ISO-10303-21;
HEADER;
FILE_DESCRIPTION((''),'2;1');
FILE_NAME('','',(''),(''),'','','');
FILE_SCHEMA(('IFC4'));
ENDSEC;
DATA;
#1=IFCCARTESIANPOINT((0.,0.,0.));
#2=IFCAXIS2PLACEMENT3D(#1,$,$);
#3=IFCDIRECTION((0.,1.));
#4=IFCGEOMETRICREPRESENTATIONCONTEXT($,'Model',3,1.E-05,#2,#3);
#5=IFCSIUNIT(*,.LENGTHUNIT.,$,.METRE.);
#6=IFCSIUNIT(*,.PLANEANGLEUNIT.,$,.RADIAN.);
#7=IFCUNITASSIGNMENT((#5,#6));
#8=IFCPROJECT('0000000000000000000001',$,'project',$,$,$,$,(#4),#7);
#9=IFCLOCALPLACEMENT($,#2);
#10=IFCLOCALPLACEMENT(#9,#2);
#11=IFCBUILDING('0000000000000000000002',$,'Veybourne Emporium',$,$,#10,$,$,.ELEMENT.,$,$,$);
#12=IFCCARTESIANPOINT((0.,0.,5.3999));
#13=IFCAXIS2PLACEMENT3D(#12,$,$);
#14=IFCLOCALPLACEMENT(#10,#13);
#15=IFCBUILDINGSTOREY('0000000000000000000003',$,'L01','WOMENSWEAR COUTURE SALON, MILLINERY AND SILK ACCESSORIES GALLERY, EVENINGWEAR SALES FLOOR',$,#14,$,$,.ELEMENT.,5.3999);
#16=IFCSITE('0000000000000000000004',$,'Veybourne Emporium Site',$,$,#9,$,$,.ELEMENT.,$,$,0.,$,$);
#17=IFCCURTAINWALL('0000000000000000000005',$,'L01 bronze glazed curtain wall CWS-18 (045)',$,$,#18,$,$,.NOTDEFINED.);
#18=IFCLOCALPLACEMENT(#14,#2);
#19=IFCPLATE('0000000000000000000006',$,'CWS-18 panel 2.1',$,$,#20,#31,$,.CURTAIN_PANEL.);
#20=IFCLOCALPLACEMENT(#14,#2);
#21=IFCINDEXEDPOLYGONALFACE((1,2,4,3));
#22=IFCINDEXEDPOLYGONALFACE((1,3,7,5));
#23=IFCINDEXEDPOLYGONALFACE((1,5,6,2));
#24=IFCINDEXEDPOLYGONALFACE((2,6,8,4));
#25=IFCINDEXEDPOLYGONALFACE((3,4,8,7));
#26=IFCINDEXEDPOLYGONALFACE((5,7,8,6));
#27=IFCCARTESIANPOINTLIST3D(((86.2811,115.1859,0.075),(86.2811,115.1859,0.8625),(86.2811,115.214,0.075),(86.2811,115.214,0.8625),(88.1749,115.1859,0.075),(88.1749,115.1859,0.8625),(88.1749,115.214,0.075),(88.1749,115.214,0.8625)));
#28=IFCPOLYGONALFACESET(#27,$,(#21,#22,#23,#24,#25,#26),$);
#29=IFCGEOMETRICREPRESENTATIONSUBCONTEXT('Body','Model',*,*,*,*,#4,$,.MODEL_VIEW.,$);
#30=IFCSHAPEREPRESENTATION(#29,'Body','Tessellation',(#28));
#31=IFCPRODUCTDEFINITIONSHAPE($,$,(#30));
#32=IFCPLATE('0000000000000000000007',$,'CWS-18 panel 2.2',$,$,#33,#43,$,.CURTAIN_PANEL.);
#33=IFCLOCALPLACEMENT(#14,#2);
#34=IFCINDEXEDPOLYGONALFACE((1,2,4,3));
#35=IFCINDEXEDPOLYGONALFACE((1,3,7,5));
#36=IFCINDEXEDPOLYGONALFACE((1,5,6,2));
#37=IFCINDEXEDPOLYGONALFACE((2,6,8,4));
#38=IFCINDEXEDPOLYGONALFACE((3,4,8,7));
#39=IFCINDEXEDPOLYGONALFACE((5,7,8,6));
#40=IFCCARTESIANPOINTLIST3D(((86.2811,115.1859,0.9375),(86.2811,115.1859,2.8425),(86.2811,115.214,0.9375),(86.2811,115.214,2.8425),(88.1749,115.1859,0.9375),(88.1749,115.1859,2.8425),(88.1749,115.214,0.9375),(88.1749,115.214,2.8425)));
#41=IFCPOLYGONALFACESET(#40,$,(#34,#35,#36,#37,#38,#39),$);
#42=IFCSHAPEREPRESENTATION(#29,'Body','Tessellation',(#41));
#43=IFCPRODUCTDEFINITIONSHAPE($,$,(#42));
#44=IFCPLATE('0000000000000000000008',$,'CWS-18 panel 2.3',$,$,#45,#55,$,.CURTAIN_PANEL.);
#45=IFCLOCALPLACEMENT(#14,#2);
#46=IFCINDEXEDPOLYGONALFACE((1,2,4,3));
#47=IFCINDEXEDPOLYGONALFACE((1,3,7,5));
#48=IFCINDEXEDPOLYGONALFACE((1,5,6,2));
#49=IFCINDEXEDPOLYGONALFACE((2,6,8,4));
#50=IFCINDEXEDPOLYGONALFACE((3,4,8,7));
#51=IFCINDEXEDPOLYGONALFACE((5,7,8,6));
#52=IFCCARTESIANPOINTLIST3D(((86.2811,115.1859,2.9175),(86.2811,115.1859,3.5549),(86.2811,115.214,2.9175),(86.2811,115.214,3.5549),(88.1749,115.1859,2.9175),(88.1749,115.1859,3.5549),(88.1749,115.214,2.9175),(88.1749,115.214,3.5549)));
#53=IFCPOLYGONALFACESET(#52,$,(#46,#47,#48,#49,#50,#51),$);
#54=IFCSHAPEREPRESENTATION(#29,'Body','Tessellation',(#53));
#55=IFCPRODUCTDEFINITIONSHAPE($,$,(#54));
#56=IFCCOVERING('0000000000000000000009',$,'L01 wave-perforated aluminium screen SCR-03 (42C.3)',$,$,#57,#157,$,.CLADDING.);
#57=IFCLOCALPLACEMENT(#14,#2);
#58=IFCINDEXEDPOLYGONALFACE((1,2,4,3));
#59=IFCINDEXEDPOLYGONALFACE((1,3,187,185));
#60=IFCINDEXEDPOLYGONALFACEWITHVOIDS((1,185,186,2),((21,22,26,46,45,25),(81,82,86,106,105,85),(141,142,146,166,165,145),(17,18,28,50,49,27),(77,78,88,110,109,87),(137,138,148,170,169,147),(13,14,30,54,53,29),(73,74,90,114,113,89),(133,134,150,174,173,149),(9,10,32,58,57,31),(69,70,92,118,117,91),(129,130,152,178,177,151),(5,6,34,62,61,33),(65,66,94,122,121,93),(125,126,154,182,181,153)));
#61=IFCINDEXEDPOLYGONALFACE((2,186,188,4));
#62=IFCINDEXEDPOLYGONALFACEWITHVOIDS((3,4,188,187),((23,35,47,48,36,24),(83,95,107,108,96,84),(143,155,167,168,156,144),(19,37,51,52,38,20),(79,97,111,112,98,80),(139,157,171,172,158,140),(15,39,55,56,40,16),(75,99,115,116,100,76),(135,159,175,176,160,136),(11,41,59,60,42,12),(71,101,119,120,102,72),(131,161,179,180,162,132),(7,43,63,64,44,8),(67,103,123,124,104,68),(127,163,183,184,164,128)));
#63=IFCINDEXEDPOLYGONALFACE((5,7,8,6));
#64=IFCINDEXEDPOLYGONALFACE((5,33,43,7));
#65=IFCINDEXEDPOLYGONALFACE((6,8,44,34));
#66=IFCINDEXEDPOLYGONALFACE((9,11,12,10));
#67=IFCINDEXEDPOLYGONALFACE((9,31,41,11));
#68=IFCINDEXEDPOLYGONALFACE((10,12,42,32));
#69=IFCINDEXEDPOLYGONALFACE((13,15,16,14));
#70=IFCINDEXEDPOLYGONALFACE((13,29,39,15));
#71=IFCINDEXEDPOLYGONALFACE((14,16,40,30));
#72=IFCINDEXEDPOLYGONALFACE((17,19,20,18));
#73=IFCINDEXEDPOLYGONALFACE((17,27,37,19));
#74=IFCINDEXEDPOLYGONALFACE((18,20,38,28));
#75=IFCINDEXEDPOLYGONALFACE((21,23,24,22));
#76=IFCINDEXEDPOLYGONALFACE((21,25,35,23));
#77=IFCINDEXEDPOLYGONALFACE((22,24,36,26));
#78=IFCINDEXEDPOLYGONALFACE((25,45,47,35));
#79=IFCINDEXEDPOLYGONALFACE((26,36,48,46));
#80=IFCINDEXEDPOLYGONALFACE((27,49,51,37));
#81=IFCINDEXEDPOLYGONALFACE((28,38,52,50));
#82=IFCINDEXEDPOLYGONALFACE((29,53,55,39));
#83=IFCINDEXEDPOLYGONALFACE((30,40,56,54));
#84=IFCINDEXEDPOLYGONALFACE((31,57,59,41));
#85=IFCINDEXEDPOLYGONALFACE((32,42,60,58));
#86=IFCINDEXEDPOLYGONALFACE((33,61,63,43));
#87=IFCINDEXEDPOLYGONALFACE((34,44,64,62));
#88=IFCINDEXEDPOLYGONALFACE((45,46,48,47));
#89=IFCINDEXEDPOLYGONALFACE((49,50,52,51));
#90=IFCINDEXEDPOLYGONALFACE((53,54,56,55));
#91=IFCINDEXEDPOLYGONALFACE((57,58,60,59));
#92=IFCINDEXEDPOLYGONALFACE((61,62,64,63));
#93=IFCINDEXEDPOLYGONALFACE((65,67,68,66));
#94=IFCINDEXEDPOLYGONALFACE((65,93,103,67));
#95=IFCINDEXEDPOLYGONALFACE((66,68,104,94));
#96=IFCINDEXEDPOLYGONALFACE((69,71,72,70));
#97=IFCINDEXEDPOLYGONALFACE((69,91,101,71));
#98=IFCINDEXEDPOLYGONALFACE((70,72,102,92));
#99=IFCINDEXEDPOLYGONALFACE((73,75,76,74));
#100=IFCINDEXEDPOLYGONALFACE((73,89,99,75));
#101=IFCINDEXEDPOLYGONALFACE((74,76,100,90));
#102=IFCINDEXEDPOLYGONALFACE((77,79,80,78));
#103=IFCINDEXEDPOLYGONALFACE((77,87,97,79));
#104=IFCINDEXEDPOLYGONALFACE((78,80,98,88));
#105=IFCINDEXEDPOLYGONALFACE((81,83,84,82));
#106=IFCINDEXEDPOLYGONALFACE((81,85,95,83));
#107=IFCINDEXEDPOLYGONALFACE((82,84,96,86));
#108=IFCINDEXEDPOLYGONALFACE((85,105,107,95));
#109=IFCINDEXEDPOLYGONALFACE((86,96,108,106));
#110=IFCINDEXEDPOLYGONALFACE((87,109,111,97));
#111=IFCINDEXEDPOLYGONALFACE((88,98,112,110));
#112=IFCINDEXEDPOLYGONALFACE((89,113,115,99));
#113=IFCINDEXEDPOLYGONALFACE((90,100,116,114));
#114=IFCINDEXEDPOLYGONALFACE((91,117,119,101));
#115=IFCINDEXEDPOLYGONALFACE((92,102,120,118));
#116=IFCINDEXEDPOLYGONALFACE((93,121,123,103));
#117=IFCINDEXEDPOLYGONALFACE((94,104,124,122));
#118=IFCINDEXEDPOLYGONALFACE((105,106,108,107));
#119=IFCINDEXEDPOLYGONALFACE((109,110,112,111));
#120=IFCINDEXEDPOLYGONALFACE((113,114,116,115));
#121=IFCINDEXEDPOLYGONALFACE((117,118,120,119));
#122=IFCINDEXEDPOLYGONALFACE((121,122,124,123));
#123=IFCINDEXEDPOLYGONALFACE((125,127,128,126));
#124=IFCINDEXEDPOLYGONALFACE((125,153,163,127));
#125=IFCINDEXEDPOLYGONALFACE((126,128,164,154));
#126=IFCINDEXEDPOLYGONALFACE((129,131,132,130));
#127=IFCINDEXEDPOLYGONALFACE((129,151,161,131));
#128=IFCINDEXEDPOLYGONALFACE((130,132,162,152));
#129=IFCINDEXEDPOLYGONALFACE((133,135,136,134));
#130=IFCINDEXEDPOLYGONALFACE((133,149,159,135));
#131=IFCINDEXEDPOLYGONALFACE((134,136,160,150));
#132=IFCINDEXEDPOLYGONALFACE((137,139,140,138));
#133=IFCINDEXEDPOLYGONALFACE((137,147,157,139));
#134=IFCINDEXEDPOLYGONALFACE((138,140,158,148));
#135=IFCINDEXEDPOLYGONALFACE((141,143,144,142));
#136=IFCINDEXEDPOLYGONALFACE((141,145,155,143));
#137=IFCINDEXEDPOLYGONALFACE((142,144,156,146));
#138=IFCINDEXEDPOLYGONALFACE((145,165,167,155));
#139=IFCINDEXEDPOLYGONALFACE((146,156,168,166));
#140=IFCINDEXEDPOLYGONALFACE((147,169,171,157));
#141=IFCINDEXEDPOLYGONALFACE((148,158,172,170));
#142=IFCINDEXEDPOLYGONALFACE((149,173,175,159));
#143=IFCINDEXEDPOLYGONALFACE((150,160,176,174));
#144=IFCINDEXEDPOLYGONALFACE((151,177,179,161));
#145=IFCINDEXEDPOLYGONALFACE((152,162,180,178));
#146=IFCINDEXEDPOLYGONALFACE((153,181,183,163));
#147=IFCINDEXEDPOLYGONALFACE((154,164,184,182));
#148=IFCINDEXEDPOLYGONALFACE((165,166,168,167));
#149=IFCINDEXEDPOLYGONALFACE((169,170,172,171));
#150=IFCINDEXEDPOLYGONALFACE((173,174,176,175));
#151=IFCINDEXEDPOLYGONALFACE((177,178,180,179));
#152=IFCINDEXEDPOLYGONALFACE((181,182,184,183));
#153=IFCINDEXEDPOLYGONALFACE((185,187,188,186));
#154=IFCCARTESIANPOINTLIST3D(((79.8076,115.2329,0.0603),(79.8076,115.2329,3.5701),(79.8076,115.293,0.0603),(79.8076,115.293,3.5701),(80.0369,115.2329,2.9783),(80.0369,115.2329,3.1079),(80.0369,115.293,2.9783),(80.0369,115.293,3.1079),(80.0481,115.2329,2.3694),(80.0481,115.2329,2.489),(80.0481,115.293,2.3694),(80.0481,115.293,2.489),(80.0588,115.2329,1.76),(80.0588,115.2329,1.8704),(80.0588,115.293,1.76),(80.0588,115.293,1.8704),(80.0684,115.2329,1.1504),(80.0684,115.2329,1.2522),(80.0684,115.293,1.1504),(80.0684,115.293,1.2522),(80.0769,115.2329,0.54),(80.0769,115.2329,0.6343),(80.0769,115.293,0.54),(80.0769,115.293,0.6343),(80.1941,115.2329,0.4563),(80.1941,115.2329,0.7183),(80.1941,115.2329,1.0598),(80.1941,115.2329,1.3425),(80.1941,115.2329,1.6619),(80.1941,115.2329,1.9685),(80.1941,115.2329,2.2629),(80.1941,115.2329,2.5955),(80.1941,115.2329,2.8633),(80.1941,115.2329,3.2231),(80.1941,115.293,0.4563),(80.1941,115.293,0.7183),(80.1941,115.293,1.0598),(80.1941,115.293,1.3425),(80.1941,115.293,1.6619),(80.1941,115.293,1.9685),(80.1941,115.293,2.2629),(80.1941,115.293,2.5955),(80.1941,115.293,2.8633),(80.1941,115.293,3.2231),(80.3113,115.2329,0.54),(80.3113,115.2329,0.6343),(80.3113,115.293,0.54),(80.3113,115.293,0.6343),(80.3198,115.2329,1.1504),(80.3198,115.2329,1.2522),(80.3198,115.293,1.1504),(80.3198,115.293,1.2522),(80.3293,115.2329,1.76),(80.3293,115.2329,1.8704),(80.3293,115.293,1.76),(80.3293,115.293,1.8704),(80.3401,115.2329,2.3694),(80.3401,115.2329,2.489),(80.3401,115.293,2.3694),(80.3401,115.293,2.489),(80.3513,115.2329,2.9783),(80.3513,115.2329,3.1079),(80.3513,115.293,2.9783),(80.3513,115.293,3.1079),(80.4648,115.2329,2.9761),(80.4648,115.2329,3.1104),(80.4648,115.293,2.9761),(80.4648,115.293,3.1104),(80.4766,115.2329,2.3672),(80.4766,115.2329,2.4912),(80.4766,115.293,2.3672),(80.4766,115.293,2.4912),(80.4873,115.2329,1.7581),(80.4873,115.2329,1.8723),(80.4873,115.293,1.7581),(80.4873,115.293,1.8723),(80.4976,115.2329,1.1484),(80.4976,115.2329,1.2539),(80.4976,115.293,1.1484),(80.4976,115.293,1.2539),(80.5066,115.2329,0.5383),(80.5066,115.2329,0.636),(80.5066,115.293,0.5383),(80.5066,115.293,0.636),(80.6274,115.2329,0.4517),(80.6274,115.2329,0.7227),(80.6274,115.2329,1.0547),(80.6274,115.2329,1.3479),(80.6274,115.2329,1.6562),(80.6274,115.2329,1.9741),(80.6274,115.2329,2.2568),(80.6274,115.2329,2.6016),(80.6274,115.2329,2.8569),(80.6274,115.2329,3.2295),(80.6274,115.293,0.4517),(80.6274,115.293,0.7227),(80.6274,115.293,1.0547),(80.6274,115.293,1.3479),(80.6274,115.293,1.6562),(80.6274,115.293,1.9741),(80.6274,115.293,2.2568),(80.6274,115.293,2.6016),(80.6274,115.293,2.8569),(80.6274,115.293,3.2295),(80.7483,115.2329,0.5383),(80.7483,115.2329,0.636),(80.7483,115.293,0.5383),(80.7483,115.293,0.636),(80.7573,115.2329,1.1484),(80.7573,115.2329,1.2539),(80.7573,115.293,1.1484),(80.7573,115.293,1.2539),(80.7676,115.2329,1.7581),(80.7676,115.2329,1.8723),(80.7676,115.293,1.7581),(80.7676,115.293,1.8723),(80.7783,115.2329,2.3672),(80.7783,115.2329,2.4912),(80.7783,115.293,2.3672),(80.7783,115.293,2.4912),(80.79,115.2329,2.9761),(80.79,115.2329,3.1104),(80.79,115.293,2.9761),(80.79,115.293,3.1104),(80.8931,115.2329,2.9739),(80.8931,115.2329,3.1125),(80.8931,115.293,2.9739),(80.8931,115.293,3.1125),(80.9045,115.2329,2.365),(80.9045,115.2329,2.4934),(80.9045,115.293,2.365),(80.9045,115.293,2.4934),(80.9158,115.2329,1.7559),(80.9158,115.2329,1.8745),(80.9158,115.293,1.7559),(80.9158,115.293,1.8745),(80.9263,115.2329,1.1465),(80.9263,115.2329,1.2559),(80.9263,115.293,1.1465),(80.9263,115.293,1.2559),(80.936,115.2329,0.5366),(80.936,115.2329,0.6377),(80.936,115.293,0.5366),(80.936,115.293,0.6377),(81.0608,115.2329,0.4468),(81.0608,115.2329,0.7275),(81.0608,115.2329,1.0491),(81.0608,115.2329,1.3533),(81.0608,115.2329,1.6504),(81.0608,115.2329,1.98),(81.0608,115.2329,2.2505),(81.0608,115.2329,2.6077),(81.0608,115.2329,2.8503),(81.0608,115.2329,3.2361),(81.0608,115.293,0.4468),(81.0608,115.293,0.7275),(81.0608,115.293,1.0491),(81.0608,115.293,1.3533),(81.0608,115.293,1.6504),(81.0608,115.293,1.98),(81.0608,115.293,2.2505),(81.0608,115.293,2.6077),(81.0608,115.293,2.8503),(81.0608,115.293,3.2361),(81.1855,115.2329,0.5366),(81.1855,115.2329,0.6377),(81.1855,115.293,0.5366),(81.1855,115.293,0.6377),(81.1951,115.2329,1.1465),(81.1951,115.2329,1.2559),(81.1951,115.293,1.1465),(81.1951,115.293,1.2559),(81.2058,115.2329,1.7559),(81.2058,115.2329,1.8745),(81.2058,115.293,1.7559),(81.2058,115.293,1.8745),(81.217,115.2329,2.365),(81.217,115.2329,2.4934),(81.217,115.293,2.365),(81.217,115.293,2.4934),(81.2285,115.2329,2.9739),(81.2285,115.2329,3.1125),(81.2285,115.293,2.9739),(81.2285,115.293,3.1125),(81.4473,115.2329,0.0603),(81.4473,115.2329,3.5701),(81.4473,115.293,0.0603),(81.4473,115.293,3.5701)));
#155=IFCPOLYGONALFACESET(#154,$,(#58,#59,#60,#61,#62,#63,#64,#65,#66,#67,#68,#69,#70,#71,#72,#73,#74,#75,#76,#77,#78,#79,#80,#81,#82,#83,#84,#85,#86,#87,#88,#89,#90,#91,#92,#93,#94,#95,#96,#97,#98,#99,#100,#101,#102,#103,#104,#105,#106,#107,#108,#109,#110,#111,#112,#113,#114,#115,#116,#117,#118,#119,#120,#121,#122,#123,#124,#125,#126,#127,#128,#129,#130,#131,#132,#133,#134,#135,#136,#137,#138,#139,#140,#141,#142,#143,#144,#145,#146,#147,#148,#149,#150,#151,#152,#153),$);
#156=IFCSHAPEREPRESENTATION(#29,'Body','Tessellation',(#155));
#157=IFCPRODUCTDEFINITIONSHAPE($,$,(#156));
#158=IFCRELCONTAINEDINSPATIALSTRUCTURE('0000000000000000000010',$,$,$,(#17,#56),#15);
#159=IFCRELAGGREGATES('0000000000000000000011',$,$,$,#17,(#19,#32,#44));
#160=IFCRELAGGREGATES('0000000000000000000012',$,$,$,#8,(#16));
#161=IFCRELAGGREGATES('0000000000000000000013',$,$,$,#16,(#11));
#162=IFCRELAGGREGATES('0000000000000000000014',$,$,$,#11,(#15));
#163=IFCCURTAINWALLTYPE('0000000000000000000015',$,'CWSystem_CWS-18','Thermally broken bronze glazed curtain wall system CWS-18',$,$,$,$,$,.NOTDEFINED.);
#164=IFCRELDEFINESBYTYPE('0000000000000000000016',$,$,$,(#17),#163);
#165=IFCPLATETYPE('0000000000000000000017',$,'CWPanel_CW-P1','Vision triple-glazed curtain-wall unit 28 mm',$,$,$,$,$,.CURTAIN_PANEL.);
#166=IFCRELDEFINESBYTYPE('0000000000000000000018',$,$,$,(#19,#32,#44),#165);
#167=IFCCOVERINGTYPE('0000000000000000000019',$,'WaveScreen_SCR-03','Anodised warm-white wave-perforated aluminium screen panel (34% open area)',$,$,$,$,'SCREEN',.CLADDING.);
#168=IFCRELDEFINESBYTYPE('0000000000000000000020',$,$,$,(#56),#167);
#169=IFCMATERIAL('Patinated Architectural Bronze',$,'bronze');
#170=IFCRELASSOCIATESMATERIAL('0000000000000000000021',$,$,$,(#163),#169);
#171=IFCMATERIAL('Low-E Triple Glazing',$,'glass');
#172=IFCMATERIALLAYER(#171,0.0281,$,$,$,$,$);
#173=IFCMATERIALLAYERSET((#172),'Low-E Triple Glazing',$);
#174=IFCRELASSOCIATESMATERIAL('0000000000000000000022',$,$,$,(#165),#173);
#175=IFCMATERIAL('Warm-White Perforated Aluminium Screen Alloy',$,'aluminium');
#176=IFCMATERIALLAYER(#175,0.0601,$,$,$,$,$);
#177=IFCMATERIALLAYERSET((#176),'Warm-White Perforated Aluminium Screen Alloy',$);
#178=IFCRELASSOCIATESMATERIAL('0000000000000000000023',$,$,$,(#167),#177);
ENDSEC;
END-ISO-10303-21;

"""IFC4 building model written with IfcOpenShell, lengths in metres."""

from ifc_helpers import new_model, si_unit, direction, frame, origin, origin_2d, place, context, subcontext, project, spatial, polyline, rectangle, outline, extrude, material, layer, layer_set, type_object, element, aggregate, save


model = new_model("IFC4")

# Units and contexts
model_context = context("Model", 3, precision=1e-05, world=origin(), true_north=direction((0.0, 1.0)))
body_context = subcontext(model_context, "Body", "Model", "MODEL_VIEW")
ifc_project = project(units=[si_unit("LENGTHUNIT", "METRE"), si_unit("PLANEANGLEUNIT", "RADIAN")], contexts=[model_context])

# Site, building, storey
site_placement = place(None, origin())
site = spatial("IfcSite", under=ifc_project, at=site_placement, Name="Veybourne Emporium Site", CompositionType="ELEMENT", RefElevation=0.0)
building_placement = place(site_placement, origin())
building = spatial("IfcBuilding", under=site, at=building_placement, Name="Veybourne Emporium", CompositionType="ELEMENT")
storey_placement = place(building_placement, frame((0.0, 0.0, 5.3999)))
storey = spatial("IfcBuildingStorey", under=building, at=storey_placement, Name="L01", Description="WOMENSWEAR COUTURE SALON, MILLINERY AND SILK ACCESSORIES GALLERY, EVENINGWEAR SALES FLOOR", CompositionType="ELEMENT", Elevation=5.3999)

# Curtain wall
ifc_material_1 = material(Name="Patinated Architectural Bronze", Category="bronze")
curtain_wall_type = type_object("IfcCurtainWallType", Name="CWSystem_CWS-18", Description="Thermally broken bronze glazed curtain wall system CWS-18", PredefinedType="NOTDEFINED", material=ifc_material_1)
curtain_wall_placement = place(storey_placement, origin())
curtain_wall = element("IfcCurtainWall", 1, at=curtain_wall_placement, inside=storey, type_object=curtain_wall_type, Name="L01 bronze glazed curtain wall CWS-18 (045)", PredefinedType="NOTDEFINED")

# Plates
ifc_material_2 = material(Name="Low-E Triple Glazing", Category="glass")
ifc_layer_1 = layer(ifc_material_2, 0.0281)
ifc_layer_set_1 = layer_set([ifc_layer_1], Name="Low-E Triple Glazing")
plate_type = type_object("IfcPlateType", Name="CWPanel_CW-P1", Description="Vision triple-glazed curtain-wall unit 28 mm", PredefinedType="CURTAIN_PANEL", material=ifc_layer_set_1)
plate_1_placement = place(storey_placement, frame((87.228, 115.2, 0.075), z_axis=(0.0, 0.0, 1.0), x_axis=(1.0, 0.0, 0.0)))
plate_1 = element("IfcPlate", 2, at=plate_1_placement, type_object=plate_type, Name="CWS-18 panel 2.1", PredefinedType="CURTAIN_PANEL", context=body_context, shape_type="SweptSolid", body=[
    extrude(rectangle(XDim=1.8938, YDim=0.0281, at=origin_2d()), origin(), (0.0, 0.0, 1.0), 0.7876),
])
plate_2_placement = place(storey_placement, frame((87.228, 115.2, 0.9375), z_axis=(0.0, 0.0, 1.0), x_axis=(1.0, 0.0, 0.0)))
plate_2 = element("IfcPlate", 3, at=plate_2_placement, type_object=plate_type, Name="CWS-18 panel 2.2", PredefinedType="CURTAIN_PANEL", context=body_context, shape_type="SweptSolid", body=[
    extrude(rectangle(XDim=1.8938, YDim=0.0281, at=origin_2d()), origin(), (0.0, 0.0, 1.0), 1.905),
])
plate_3_placement = place(storey_placement, frame((87.228, 115.2, 2.9175), z_axis=(0.0, 0.0, 1.0), x_axis=(1.0, 0.0, 0.0)))
plate_3 = element("IfcPlate", 4, at=plate_3_placement, type_object=plate_type, Name="CWS-18 panel 2.3", PredefinedType="CURTAIN_PANEL", context=body_context, shape_type="SweptSolid", body=[
    extrude(rectangle(XDim=1.8938, YDim=0.0281, at=origin_2d()), origin(), (0.0, 0.0, 1.0), 0.6375),
])
aggregate(curtain_wall, [plate_1, plate_2, plate_3])

# Covering
ifc_material_3 = material(Name="Warm-White Perforated Aluminium Screen Alloy", Category="aluminium")
ifc_layer_2 = layer(ifc_material_3, 0.0601)
ifc_layer_set_2 = layer_set([ifc_layer_2], Name="Warm-White Perforated Aluminium Screen Alloy")
covering_type_1 = type_object("IfcCoveringType", Name="WaveScreen_SCR-03", Description="Anodised warm-white wave-perforated aluminium screen panel (34% open area)", ElementType="SCREEN", PredefinedType="CLADDING", material=ifc_layer_set_2)
covering_1_placement = place(storey_placement, frame((80.6274, 115.293, 1.8152), z_axis=(0.0, -1.0, 0.0), x_axis=(1.0, 0.0, 0.0)))
element("IfcCovering", 5, at=covering_1_placement, inside=storey, type_object=covering_type_1, Name="L01 wave-perforated aluminium screen SCR-03 (42C.3)", PredefinedType="CLADDING", context=body_context, shape_type="SweptSolid", body=[
    extrude(outline(polyline([(-0.8198, -1.7549), (0.8198, -1.7549), (0.8198, 1.7549), (-0.8198, 1.7549), (-0.8198, -1.7549)]), holes=[polyline([(-0.4333, -1.0969), (-0.3162, -1.1809), (-0.3162, -1.2751), (-0.4333, -1.3589), (-0.5505, -1.2751), (-0.5505, -1.1809), (-0.4333, -1.0969)]), polyline([(-0.4333, -0.4727), (-0.3076, -0.563), (-0.3076, -0.6648), (-0.4333, -0.7554), (-0.5591, -0.6648), (-0.5591, -0.563), (-0.4333, -0.4727)]), polyline([(-0.4333, 0.1533), (-0.2981, 0.0552), (-0.2981, -0.0552), (-0.4333, -0.1533), (-0.5686, -0.0552), (-0.5686, 0.0552), (-0.4333, 0.1533)]), polyline([(-0.4333, 0.7803), (-0.2874, 0.6738), (-0.2874, 0.5542), (-0.4333, 0.4478), (-0.5793, 0.5542), (-0.5793, 0.6738), (-0.4333, 0.7803)]), polyline([(-0.4333, 1.408), (-0.2761, 1.2927), (-0.2761, 1.1631), (-0.4333, 1.0481), (-0.5906, 1.1631), (-0.5906, 1.2927), (-0.4333, 1.408)]), polyline([(0.0, -1.0925), (0.1208, -1.1792), (0.1208, -1.2769), (0.0, -1.3635), (-0.1208, -1.2769), (-0.1208, -1.1792), (0.0, -1.0925)]), polyline([(0.0, -0.4673), (0.1299, -0.5613), (0.1299, -0.6667), (0.0, -0.7605), (-0.1299, -0.6667), (-0.1299, -0.5613), (0.0, -0.4673)]), polyline([(0.0, 0.1589), (0.1401, 0.0571), (0.1401, -0.0571), (0.0, -0.1589), (-0.1401, -0.0571), (-0.1401, 0.0571), (0.0, 0.1589)]), polyline([(0.0, 0.7864), (0.1509, 0.676), (0.1509, 0.552), (0.0, 0.4417), (-0.1509, 0.552), (-0.1509, 0.676), (0.0, 0.7864)]), polyline([(0.0, 1.4143), (0.1626, 1.2952), (0.1626, 1.1609), (0.0, 1.0417), (-0.1626, 1.1609), (-0.1626, 1.2952), (0.0, 1.4143)]), polyline([(0.4333, -1.0876), (0.5581, -1.1775), (0.5581, -1.2786), (0.4333, -1.3684), (0.3086, -1.2786), (0.3086, -1.1775), (0.4333, -1.0876)]), polyline([(0.4333, -0.4619), (0.5676, -0.5593), (0.5676, -0.6687), (0.4333, -0.7661), (0.2988, -0.6687), (0.2988, -0.5593), (0.4333, -0.4619)]), polyline([(0.4333, 0.1648), (0.5784, 0.0593), (0.5784, -0.0593), (0.4333, -0.1648), (0.2883, -0.0593), (0.2883, 0.0593), (0.4333, 0.1648)]), polyline([(0.4333, 0.7925), (0.5896, 0.6782), (0.5896, 0.5498), (0.4333, 0.4353), (0.2771, 0.5498), (0.2771, 0.6782), (0.4333, 0.7925)]), polyline([(0.4333, 1.4209), (0.6011, 1.2974), (0.6011, 1.1587), (0.4333, 1.0352), (0.2656, 1.1587), (0.2656, 1.2974), (0.4333, 1.4209)])]), origin(), (0.0, 0.0, 1.0), 0.0601),
])

save(model, "model.ifc")
